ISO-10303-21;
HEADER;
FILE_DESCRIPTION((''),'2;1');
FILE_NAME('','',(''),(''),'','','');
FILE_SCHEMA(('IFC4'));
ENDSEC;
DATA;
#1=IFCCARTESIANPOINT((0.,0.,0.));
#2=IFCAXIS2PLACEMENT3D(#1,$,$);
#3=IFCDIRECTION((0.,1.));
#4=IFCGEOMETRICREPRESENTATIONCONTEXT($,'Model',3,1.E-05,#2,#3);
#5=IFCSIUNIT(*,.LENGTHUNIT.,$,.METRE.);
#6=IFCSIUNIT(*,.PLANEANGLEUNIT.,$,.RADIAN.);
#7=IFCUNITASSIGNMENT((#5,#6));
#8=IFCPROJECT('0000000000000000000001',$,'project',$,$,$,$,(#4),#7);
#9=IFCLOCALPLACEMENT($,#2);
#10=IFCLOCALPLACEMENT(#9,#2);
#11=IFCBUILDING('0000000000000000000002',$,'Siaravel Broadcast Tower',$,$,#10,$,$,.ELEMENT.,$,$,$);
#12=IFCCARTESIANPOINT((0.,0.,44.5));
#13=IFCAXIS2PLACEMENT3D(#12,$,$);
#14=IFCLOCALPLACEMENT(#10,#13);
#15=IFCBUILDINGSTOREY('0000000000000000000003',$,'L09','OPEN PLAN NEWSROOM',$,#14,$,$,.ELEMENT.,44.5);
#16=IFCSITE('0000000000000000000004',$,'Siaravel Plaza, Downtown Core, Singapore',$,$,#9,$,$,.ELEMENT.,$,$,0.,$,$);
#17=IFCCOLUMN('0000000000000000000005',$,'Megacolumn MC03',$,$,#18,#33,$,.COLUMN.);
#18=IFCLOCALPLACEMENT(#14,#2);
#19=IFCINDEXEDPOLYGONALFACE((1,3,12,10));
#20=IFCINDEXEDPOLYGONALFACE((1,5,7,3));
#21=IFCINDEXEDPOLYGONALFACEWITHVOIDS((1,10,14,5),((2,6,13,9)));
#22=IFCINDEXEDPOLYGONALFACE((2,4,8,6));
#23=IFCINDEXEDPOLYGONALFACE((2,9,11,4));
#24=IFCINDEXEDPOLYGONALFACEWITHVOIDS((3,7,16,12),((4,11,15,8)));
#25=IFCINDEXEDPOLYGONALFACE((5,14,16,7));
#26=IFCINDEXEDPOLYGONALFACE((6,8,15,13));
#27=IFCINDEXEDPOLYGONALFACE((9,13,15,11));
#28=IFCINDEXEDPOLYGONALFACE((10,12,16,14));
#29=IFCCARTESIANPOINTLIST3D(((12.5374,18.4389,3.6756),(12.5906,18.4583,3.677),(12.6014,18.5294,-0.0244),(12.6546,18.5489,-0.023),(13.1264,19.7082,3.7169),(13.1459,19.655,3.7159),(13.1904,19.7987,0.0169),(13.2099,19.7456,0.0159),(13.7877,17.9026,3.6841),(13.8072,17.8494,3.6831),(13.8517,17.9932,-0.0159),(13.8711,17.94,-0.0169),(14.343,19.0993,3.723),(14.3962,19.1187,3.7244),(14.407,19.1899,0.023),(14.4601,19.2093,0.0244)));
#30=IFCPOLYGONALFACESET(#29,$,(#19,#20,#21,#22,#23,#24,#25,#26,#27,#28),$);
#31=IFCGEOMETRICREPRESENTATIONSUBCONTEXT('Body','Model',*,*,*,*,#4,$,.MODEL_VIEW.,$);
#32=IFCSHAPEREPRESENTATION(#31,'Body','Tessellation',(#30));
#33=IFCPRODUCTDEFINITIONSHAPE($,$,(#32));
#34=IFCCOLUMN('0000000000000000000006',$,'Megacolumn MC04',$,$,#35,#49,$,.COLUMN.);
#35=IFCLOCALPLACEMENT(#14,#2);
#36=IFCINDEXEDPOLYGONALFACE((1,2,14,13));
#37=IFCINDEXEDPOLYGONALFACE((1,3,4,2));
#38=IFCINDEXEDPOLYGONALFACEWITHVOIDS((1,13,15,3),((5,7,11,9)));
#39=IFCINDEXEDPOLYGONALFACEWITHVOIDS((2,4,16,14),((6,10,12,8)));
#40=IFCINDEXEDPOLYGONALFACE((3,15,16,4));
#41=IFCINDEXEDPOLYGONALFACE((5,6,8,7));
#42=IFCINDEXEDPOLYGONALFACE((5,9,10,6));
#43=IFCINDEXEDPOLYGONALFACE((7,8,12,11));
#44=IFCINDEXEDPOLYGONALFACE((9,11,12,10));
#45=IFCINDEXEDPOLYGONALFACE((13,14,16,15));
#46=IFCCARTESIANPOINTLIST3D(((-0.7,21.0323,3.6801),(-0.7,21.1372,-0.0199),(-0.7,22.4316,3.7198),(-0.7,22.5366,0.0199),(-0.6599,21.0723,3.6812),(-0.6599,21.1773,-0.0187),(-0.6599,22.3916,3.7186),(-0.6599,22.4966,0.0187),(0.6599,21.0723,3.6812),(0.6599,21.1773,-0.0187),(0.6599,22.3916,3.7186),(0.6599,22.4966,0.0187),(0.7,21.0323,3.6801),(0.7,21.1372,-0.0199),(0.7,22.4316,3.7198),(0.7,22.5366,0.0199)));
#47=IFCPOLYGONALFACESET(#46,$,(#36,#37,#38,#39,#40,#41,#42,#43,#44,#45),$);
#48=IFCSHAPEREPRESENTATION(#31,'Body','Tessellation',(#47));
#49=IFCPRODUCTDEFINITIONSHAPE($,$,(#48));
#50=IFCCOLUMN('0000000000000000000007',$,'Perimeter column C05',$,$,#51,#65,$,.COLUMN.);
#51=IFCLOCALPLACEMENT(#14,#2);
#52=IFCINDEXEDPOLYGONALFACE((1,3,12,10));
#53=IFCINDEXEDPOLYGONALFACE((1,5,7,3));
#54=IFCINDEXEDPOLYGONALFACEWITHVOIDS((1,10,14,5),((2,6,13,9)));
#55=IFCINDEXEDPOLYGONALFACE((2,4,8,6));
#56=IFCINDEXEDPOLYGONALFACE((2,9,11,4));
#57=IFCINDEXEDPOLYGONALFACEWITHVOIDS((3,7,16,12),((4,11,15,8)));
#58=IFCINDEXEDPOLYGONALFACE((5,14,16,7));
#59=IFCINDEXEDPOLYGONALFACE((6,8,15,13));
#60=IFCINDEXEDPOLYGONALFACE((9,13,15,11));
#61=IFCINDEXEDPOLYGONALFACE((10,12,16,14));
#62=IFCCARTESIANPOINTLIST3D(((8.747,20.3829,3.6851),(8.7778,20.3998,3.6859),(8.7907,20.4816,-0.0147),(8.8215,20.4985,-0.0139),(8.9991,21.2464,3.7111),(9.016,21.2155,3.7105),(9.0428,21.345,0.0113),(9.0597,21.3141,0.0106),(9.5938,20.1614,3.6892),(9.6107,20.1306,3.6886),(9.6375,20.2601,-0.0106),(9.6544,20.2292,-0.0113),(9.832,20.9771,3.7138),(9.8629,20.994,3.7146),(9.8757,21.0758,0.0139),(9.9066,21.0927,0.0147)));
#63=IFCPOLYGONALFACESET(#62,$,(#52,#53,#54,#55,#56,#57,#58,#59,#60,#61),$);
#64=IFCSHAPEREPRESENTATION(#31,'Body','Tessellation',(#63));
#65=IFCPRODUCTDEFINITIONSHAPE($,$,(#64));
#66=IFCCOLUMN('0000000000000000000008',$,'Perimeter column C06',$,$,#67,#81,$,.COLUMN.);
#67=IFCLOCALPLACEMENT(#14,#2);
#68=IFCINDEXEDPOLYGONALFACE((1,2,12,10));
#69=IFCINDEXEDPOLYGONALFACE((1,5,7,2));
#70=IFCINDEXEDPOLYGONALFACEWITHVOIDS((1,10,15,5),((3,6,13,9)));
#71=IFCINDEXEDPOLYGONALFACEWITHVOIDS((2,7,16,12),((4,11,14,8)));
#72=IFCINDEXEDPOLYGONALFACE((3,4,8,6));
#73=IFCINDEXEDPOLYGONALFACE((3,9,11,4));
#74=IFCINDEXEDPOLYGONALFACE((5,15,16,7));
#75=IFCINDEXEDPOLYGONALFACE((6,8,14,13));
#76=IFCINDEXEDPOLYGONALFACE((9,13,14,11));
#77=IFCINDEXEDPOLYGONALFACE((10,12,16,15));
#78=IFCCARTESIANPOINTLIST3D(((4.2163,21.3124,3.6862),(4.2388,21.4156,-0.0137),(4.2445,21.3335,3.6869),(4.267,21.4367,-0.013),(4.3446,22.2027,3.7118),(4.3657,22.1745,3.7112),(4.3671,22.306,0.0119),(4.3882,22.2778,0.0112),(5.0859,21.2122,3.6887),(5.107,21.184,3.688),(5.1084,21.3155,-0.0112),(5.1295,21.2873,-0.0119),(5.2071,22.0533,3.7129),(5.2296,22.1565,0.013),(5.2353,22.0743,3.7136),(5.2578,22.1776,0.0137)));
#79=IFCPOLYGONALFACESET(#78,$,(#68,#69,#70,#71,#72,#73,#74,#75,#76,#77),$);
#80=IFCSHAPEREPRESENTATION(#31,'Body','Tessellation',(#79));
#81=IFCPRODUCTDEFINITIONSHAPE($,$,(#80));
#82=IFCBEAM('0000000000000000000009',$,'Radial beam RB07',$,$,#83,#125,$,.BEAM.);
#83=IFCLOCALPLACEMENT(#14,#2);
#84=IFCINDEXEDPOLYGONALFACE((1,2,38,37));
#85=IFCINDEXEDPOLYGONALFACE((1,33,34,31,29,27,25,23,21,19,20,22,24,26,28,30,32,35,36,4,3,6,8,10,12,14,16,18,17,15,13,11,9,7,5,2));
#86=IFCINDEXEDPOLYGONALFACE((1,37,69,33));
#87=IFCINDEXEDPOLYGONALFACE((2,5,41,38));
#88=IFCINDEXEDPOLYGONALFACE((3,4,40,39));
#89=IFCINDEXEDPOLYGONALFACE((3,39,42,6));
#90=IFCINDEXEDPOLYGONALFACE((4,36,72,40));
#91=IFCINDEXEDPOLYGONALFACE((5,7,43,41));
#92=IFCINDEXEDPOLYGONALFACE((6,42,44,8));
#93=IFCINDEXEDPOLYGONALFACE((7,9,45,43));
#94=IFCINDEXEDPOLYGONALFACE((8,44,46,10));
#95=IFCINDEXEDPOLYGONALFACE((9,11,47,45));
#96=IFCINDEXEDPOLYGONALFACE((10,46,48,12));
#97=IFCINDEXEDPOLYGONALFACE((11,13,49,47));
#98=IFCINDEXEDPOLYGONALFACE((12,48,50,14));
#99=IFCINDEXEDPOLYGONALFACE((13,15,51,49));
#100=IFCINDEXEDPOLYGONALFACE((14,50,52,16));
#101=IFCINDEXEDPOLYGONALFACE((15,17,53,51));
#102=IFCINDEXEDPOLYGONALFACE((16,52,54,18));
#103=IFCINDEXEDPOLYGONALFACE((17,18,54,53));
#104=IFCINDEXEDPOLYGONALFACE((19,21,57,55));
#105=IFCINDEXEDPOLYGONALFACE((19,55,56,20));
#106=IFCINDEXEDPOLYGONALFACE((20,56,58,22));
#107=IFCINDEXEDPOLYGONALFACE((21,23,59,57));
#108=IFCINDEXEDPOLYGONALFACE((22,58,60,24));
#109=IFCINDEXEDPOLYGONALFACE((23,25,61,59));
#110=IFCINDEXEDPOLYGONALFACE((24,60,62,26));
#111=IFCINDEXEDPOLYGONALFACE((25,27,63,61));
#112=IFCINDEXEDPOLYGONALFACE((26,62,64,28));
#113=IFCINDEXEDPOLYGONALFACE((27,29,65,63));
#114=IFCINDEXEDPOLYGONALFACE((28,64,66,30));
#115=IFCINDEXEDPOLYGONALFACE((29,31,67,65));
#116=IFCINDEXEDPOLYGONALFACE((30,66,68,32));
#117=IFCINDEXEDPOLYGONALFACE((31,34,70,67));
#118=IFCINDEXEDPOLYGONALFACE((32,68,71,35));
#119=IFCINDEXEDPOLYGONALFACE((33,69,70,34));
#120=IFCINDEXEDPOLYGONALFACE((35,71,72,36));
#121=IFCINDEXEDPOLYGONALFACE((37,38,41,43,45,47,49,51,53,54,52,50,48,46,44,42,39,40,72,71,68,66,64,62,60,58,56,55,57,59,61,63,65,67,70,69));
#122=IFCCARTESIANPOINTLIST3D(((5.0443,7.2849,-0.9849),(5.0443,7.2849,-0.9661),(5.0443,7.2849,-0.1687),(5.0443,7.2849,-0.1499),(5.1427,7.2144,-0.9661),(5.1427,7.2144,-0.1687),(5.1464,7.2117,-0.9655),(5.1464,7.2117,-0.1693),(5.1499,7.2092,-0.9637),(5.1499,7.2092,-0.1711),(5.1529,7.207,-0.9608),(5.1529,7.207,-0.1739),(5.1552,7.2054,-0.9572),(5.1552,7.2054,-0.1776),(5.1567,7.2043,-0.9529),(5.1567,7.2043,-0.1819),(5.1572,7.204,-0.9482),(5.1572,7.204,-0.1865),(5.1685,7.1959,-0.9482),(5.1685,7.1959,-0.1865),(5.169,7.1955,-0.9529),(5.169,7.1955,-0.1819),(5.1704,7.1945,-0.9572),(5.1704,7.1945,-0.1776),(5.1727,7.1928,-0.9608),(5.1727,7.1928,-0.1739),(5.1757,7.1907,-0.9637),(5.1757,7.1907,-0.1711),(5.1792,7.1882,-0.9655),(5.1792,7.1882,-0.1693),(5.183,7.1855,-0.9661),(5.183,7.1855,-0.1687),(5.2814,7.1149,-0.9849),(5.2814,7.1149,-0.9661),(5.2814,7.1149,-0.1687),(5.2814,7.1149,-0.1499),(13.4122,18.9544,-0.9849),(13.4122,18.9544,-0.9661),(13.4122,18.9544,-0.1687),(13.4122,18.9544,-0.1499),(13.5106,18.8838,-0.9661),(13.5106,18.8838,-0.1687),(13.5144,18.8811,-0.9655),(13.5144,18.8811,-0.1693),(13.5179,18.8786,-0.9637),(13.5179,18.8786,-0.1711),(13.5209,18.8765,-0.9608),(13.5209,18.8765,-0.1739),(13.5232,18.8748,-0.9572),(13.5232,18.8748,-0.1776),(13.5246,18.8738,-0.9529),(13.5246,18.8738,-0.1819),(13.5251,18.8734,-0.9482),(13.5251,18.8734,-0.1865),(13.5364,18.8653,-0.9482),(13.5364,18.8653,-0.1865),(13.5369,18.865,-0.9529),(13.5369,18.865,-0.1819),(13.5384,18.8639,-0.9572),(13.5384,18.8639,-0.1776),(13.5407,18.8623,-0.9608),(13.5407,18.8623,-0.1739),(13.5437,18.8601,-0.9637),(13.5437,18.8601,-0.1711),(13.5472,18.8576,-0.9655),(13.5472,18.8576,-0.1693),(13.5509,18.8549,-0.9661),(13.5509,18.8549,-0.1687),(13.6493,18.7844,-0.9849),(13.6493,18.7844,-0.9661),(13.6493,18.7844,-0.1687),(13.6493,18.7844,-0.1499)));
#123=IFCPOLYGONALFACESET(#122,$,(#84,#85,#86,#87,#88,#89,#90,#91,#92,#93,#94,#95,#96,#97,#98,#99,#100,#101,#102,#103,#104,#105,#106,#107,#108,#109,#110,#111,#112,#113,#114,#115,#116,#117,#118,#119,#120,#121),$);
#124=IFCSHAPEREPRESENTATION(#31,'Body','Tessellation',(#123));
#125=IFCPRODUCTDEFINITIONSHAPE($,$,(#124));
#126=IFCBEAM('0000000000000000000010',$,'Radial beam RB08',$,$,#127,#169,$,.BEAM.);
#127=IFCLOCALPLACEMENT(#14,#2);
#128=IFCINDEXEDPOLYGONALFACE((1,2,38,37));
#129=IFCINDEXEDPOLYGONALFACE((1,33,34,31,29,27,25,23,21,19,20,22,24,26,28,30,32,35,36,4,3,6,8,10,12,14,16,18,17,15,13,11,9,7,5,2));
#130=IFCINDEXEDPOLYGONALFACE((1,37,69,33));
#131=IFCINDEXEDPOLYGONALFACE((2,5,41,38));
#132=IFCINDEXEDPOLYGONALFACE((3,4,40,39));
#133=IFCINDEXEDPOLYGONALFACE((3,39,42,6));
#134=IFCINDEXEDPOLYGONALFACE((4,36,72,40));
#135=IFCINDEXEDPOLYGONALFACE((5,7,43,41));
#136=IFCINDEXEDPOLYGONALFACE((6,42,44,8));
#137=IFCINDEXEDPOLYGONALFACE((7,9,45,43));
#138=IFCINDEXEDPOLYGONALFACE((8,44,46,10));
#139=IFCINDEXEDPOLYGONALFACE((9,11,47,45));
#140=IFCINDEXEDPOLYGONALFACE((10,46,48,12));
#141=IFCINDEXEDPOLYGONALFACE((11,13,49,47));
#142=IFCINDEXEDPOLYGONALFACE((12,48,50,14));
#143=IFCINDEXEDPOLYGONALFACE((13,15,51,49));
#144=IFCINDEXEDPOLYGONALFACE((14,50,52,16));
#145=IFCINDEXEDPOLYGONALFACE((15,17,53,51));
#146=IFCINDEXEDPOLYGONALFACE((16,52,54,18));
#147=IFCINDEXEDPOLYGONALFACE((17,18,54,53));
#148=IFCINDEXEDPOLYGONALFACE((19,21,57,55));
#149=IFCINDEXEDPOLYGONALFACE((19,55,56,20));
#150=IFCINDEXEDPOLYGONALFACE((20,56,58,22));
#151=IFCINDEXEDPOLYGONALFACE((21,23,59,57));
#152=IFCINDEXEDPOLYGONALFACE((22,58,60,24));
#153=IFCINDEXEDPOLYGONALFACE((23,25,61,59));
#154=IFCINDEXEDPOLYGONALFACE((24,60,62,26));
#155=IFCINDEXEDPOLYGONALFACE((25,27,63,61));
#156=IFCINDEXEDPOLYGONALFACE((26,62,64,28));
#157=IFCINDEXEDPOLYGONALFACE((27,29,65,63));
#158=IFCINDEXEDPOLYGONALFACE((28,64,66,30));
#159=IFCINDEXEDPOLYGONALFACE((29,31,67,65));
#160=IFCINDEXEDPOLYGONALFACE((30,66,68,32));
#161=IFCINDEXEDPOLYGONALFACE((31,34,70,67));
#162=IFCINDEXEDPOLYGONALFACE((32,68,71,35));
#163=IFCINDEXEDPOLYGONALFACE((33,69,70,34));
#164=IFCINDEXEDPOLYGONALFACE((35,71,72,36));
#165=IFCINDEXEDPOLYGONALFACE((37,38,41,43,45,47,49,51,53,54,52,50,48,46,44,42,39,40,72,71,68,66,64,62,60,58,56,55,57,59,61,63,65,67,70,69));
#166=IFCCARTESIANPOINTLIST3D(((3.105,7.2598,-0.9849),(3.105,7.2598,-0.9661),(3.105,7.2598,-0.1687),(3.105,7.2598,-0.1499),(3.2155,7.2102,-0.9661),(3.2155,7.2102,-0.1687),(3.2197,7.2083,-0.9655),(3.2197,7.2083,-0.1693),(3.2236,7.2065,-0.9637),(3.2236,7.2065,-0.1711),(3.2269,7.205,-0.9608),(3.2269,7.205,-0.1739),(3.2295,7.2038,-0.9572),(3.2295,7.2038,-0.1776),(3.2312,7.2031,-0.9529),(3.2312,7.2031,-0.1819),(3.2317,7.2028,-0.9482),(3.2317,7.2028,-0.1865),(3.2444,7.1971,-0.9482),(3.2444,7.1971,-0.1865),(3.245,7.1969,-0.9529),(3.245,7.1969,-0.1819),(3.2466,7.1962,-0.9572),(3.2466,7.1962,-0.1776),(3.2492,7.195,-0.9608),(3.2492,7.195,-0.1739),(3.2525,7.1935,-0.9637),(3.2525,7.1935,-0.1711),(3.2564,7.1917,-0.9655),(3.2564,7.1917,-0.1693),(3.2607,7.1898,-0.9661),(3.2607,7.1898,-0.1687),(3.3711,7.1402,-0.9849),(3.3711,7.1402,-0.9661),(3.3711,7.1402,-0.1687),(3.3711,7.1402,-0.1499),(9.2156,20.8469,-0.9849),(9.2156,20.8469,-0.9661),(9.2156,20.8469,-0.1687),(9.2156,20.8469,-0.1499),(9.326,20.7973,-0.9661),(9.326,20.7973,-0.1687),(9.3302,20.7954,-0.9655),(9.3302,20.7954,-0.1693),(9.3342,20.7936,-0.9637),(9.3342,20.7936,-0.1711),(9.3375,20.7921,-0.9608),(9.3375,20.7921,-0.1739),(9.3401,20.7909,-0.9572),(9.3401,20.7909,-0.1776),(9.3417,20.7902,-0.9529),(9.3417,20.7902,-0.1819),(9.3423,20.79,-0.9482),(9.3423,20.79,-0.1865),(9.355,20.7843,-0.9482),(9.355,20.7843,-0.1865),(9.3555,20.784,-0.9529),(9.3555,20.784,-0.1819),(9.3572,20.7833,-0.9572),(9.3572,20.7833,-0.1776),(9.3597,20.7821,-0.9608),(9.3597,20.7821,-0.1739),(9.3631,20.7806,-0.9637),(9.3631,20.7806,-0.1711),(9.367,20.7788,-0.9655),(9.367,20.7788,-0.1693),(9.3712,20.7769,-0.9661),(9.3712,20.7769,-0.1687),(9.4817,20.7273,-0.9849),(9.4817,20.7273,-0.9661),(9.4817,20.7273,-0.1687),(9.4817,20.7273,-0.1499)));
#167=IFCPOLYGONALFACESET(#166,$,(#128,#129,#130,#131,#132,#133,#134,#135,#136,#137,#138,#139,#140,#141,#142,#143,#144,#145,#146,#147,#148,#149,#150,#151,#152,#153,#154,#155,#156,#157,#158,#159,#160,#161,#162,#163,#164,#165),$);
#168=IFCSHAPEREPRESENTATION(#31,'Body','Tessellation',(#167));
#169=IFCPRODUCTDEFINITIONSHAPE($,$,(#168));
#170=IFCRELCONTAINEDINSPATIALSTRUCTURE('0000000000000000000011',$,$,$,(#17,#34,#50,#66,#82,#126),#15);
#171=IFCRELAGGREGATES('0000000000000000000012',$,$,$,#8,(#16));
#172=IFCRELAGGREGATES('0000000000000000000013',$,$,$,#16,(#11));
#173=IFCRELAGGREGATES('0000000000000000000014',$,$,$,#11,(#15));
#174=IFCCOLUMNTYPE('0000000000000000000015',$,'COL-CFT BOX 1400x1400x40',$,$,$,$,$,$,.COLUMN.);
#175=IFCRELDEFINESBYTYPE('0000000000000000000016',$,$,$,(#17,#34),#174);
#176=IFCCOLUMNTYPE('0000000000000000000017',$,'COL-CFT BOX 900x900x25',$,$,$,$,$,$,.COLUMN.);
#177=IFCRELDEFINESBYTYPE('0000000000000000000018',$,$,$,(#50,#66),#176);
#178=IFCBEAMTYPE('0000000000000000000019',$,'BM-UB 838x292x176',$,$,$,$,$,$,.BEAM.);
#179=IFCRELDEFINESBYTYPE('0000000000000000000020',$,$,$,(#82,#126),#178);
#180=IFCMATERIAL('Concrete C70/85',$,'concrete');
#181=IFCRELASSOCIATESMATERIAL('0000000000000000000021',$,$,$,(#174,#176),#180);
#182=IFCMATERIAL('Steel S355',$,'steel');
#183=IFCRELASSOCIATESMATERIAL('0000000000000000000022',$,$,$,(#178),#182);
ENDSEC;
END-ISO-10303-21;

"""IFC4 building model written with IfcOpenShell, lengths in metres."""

from ifc_helpers import new_model, si_unit, direction, frame, origin, origin_2d, place, context, subcontext, project, spatial, hollow_rectangle, i_section, extrude, material, material_profile, profile_set, type_object, element, save


model = new_model("IFC4")

# Units and contexts
model_context = context("Model", 3, precision=1e-05, world=origin(), true_north=direction((0.0, 1.0)))
body_context = subcontext(model_context, "Body", "Model", "MODEL_VIEW")
ifc_project = project(units=[si_unit("LENGTHUNIT", "METRE"), si_unit("PLANEANGLEUNIT", "RADIAN")], contexts=[model_context])

# Site, building, storey
site_placement = place(None, origin())
site = spatial("IfcSite", under=ifc_project, at=site_placement, Name="Siaravel Plaza, Downtown Core, Singapore", CompositionType="ELEMENT", RefElevation=0.0)
building_placement = place(site_placement, origin())
building = spatial("IfcBuilding", under=site, at=building_placement, Name="Siaravel Broadcast Tower", CompositionType="ELEMENT")
storey_placement = place(building_placement, frame((0.0, 0.0, 44.5)))
storey = spatial("IfcBuildingStorey", under=building, at=storey_placement, Name="L09", Description="OPEN PLAN NEWSROOM", CompositionType="ELEMENT", Elevation=44.5)

# Columns
ifc_material_1 = material(Name="Concrete C70/85", Category="concrete")
ifc_material_profile_1 = material_profile(ifc_material_1, hollow_rectangle(XDim=1.3999, YDim=1.3999, WallThickness=0.04, at=origin_2d()))
ifc_profile_set_1 = profile_set([ifc_material_profile_1], Name="Concrete C70/85")
column_type_1 = type_object("IfcColumnType", Name="COL-CFT BOX 1400x1400x40", PredefinedType="COLUMN", material=ifc_profile_set_1)
column_1_placement = place(storey_placement, frame((13.5308, 18.8694, 0.0), z_axis=(-0.01728, -0.024469, 0.999551), x_axis=(0.907022, -0.42105, 0.005373)))
element("IfcColumn", 1, at=column_1_placement, inside=storey, type_object=column_type_1, Name="Megacolumn MC03", PredefinedType="COLUMN", context=body_context, shape_type="SweptSolid", body=[
    extrude(hollow_rectangle(XDim=1.3999, YDim=1.3999, WallThickness=0.04, at=origin_2d()), origin(), (0.0, 0.0, 1.0), 3.7017),
])
column_2_placement = place(storey_placement, frame((0.0, 21.8369, 0.0), z_axis=(0.0, -0.028362, 0.999598), x_axis=(1.0, 0.0, 0.0)))
element("IfcColumn", 2, at=column_2_placement, inside=storey, type_object=column_type_1, Name="Megacolumn MC04", PredefinedType="COLUMN", context=body_context, shape_type="SweptSolid", body=[
    extrude(hollow_rectangle(XDim=1.3999, YDim=1.3999, WallThickness=0.04, at=origin_2d()), origin(), (0.0, 0.0, 1.0), 3.7014),
])
ifc_material_profile_2 = material_profile(ifc_material_1, hollow_rectangle(XDim=0.8999, YDim=0.8999, WallThickness=0.0249, at=origin_2d()))
ifc_profile_set_2 = profile_set([ifc_material_profile_2], Name="Concrete C70/85")
column_type_2 = type_object("IfcColumnType", Name="COL-CFT BOX 900x900x25", PredefinedType="COLUMN", material=ifc_profile_set_2)
for number, where, z_axis, x_axis, name in (
    (3, (9.3486, 20.7871, 0.0), (-0.011806, -0.026647, 0.999575), (0.959867, -0.280428, 0.003862), "Perimeter column C05"),
    (4, (4.7483, 21.7966, 0.0), (-0.006068, -0.0279, 0.999592), (0.989772, -0.142647, 0.002027), "Perimeter column C06"),
):
    element("IfcColumn", number, at=place(storey_placement, frame(where, z_axis=z_axis, x_axis=x_axis)), inside=storey, type_object=column_type_2, Name=name, PredefinedType="COLUMN", context=body_context, shape_type="SweptSolid", body=[
        extrude(hollow_rectangle(XDim=0.8999, YDim=0.8999, WallThickness=0.0249, at=origin_2d()), origin(), (0.0, 0.0, 1.0), 3.7014),
    ])

# Beams
ifc_material_2 = material(Name="Steel S355", Category="steel")
ifc_material_profile_3 = material_profile(ifc_material_2, i_section(OverallWidth=0.2917, OverallDepth=0.835, WebThickness=0.0139, FlangeThickness=0.0188, FilletRadius=0.0178, at=origin_2d()))
ifc_profile_set_3 = profile_set([ifc_material_profile_3], Name="Steel S355")
beam_type = type_object("IfcBeamType", Name="BM-UB 838x292x176", PredefinedType="BEAM", material=ifc_profile_set_3)
beam_1_placement = place(storey_placement, frame((13.5308, 18.8694, -0.5674), z_axis=(-0.582741, -0.812658, 0.0), x_axis=(0.812658, -0.582741, 0.0)))
element("IfcBeam", 5, at=beam_1_placement, inside=storey, type_object=beam_type, Name="Radial beam RB07", PredefinedType="BEAM", context=body_context, shape_type="SweptSolid", body=[
    extrude(i_section(OverallWidth=0.2917, OverallDepth=0.835, WebThickness=0.0139, FlangeThickness=0.0188, FilletRadius=0.0178, at=origin_2d()), origin(), (0.0, 0.0, 1.0), 14.3596),
])
beam_2_placement = place(storey_placement, frame((9.3486, 20.7871, -0.5674), z_axis=(-0.410162, -0.912013, 0.0), x_axis=(0.912013, -0.410162, 0.0)))
element("IfcBeam", 6, at=beam_2_placement, inside=storey, type_object=beam_type, Name="Radial beam RB08", PredefinedType="BEAM", context=body_context, shape_type="SweptSolid", body=[
    extrude(i_section(OverallWidth=0.2917, OverallDepth=0.835, WebThickness=0.0139, FlangeThickness=0.0188, FilletRadius=0.0178, at=origin_2d()), origin(), (0.0, 0.0, 1.0), 14.8979),
])

save(model, "model.ifc")
